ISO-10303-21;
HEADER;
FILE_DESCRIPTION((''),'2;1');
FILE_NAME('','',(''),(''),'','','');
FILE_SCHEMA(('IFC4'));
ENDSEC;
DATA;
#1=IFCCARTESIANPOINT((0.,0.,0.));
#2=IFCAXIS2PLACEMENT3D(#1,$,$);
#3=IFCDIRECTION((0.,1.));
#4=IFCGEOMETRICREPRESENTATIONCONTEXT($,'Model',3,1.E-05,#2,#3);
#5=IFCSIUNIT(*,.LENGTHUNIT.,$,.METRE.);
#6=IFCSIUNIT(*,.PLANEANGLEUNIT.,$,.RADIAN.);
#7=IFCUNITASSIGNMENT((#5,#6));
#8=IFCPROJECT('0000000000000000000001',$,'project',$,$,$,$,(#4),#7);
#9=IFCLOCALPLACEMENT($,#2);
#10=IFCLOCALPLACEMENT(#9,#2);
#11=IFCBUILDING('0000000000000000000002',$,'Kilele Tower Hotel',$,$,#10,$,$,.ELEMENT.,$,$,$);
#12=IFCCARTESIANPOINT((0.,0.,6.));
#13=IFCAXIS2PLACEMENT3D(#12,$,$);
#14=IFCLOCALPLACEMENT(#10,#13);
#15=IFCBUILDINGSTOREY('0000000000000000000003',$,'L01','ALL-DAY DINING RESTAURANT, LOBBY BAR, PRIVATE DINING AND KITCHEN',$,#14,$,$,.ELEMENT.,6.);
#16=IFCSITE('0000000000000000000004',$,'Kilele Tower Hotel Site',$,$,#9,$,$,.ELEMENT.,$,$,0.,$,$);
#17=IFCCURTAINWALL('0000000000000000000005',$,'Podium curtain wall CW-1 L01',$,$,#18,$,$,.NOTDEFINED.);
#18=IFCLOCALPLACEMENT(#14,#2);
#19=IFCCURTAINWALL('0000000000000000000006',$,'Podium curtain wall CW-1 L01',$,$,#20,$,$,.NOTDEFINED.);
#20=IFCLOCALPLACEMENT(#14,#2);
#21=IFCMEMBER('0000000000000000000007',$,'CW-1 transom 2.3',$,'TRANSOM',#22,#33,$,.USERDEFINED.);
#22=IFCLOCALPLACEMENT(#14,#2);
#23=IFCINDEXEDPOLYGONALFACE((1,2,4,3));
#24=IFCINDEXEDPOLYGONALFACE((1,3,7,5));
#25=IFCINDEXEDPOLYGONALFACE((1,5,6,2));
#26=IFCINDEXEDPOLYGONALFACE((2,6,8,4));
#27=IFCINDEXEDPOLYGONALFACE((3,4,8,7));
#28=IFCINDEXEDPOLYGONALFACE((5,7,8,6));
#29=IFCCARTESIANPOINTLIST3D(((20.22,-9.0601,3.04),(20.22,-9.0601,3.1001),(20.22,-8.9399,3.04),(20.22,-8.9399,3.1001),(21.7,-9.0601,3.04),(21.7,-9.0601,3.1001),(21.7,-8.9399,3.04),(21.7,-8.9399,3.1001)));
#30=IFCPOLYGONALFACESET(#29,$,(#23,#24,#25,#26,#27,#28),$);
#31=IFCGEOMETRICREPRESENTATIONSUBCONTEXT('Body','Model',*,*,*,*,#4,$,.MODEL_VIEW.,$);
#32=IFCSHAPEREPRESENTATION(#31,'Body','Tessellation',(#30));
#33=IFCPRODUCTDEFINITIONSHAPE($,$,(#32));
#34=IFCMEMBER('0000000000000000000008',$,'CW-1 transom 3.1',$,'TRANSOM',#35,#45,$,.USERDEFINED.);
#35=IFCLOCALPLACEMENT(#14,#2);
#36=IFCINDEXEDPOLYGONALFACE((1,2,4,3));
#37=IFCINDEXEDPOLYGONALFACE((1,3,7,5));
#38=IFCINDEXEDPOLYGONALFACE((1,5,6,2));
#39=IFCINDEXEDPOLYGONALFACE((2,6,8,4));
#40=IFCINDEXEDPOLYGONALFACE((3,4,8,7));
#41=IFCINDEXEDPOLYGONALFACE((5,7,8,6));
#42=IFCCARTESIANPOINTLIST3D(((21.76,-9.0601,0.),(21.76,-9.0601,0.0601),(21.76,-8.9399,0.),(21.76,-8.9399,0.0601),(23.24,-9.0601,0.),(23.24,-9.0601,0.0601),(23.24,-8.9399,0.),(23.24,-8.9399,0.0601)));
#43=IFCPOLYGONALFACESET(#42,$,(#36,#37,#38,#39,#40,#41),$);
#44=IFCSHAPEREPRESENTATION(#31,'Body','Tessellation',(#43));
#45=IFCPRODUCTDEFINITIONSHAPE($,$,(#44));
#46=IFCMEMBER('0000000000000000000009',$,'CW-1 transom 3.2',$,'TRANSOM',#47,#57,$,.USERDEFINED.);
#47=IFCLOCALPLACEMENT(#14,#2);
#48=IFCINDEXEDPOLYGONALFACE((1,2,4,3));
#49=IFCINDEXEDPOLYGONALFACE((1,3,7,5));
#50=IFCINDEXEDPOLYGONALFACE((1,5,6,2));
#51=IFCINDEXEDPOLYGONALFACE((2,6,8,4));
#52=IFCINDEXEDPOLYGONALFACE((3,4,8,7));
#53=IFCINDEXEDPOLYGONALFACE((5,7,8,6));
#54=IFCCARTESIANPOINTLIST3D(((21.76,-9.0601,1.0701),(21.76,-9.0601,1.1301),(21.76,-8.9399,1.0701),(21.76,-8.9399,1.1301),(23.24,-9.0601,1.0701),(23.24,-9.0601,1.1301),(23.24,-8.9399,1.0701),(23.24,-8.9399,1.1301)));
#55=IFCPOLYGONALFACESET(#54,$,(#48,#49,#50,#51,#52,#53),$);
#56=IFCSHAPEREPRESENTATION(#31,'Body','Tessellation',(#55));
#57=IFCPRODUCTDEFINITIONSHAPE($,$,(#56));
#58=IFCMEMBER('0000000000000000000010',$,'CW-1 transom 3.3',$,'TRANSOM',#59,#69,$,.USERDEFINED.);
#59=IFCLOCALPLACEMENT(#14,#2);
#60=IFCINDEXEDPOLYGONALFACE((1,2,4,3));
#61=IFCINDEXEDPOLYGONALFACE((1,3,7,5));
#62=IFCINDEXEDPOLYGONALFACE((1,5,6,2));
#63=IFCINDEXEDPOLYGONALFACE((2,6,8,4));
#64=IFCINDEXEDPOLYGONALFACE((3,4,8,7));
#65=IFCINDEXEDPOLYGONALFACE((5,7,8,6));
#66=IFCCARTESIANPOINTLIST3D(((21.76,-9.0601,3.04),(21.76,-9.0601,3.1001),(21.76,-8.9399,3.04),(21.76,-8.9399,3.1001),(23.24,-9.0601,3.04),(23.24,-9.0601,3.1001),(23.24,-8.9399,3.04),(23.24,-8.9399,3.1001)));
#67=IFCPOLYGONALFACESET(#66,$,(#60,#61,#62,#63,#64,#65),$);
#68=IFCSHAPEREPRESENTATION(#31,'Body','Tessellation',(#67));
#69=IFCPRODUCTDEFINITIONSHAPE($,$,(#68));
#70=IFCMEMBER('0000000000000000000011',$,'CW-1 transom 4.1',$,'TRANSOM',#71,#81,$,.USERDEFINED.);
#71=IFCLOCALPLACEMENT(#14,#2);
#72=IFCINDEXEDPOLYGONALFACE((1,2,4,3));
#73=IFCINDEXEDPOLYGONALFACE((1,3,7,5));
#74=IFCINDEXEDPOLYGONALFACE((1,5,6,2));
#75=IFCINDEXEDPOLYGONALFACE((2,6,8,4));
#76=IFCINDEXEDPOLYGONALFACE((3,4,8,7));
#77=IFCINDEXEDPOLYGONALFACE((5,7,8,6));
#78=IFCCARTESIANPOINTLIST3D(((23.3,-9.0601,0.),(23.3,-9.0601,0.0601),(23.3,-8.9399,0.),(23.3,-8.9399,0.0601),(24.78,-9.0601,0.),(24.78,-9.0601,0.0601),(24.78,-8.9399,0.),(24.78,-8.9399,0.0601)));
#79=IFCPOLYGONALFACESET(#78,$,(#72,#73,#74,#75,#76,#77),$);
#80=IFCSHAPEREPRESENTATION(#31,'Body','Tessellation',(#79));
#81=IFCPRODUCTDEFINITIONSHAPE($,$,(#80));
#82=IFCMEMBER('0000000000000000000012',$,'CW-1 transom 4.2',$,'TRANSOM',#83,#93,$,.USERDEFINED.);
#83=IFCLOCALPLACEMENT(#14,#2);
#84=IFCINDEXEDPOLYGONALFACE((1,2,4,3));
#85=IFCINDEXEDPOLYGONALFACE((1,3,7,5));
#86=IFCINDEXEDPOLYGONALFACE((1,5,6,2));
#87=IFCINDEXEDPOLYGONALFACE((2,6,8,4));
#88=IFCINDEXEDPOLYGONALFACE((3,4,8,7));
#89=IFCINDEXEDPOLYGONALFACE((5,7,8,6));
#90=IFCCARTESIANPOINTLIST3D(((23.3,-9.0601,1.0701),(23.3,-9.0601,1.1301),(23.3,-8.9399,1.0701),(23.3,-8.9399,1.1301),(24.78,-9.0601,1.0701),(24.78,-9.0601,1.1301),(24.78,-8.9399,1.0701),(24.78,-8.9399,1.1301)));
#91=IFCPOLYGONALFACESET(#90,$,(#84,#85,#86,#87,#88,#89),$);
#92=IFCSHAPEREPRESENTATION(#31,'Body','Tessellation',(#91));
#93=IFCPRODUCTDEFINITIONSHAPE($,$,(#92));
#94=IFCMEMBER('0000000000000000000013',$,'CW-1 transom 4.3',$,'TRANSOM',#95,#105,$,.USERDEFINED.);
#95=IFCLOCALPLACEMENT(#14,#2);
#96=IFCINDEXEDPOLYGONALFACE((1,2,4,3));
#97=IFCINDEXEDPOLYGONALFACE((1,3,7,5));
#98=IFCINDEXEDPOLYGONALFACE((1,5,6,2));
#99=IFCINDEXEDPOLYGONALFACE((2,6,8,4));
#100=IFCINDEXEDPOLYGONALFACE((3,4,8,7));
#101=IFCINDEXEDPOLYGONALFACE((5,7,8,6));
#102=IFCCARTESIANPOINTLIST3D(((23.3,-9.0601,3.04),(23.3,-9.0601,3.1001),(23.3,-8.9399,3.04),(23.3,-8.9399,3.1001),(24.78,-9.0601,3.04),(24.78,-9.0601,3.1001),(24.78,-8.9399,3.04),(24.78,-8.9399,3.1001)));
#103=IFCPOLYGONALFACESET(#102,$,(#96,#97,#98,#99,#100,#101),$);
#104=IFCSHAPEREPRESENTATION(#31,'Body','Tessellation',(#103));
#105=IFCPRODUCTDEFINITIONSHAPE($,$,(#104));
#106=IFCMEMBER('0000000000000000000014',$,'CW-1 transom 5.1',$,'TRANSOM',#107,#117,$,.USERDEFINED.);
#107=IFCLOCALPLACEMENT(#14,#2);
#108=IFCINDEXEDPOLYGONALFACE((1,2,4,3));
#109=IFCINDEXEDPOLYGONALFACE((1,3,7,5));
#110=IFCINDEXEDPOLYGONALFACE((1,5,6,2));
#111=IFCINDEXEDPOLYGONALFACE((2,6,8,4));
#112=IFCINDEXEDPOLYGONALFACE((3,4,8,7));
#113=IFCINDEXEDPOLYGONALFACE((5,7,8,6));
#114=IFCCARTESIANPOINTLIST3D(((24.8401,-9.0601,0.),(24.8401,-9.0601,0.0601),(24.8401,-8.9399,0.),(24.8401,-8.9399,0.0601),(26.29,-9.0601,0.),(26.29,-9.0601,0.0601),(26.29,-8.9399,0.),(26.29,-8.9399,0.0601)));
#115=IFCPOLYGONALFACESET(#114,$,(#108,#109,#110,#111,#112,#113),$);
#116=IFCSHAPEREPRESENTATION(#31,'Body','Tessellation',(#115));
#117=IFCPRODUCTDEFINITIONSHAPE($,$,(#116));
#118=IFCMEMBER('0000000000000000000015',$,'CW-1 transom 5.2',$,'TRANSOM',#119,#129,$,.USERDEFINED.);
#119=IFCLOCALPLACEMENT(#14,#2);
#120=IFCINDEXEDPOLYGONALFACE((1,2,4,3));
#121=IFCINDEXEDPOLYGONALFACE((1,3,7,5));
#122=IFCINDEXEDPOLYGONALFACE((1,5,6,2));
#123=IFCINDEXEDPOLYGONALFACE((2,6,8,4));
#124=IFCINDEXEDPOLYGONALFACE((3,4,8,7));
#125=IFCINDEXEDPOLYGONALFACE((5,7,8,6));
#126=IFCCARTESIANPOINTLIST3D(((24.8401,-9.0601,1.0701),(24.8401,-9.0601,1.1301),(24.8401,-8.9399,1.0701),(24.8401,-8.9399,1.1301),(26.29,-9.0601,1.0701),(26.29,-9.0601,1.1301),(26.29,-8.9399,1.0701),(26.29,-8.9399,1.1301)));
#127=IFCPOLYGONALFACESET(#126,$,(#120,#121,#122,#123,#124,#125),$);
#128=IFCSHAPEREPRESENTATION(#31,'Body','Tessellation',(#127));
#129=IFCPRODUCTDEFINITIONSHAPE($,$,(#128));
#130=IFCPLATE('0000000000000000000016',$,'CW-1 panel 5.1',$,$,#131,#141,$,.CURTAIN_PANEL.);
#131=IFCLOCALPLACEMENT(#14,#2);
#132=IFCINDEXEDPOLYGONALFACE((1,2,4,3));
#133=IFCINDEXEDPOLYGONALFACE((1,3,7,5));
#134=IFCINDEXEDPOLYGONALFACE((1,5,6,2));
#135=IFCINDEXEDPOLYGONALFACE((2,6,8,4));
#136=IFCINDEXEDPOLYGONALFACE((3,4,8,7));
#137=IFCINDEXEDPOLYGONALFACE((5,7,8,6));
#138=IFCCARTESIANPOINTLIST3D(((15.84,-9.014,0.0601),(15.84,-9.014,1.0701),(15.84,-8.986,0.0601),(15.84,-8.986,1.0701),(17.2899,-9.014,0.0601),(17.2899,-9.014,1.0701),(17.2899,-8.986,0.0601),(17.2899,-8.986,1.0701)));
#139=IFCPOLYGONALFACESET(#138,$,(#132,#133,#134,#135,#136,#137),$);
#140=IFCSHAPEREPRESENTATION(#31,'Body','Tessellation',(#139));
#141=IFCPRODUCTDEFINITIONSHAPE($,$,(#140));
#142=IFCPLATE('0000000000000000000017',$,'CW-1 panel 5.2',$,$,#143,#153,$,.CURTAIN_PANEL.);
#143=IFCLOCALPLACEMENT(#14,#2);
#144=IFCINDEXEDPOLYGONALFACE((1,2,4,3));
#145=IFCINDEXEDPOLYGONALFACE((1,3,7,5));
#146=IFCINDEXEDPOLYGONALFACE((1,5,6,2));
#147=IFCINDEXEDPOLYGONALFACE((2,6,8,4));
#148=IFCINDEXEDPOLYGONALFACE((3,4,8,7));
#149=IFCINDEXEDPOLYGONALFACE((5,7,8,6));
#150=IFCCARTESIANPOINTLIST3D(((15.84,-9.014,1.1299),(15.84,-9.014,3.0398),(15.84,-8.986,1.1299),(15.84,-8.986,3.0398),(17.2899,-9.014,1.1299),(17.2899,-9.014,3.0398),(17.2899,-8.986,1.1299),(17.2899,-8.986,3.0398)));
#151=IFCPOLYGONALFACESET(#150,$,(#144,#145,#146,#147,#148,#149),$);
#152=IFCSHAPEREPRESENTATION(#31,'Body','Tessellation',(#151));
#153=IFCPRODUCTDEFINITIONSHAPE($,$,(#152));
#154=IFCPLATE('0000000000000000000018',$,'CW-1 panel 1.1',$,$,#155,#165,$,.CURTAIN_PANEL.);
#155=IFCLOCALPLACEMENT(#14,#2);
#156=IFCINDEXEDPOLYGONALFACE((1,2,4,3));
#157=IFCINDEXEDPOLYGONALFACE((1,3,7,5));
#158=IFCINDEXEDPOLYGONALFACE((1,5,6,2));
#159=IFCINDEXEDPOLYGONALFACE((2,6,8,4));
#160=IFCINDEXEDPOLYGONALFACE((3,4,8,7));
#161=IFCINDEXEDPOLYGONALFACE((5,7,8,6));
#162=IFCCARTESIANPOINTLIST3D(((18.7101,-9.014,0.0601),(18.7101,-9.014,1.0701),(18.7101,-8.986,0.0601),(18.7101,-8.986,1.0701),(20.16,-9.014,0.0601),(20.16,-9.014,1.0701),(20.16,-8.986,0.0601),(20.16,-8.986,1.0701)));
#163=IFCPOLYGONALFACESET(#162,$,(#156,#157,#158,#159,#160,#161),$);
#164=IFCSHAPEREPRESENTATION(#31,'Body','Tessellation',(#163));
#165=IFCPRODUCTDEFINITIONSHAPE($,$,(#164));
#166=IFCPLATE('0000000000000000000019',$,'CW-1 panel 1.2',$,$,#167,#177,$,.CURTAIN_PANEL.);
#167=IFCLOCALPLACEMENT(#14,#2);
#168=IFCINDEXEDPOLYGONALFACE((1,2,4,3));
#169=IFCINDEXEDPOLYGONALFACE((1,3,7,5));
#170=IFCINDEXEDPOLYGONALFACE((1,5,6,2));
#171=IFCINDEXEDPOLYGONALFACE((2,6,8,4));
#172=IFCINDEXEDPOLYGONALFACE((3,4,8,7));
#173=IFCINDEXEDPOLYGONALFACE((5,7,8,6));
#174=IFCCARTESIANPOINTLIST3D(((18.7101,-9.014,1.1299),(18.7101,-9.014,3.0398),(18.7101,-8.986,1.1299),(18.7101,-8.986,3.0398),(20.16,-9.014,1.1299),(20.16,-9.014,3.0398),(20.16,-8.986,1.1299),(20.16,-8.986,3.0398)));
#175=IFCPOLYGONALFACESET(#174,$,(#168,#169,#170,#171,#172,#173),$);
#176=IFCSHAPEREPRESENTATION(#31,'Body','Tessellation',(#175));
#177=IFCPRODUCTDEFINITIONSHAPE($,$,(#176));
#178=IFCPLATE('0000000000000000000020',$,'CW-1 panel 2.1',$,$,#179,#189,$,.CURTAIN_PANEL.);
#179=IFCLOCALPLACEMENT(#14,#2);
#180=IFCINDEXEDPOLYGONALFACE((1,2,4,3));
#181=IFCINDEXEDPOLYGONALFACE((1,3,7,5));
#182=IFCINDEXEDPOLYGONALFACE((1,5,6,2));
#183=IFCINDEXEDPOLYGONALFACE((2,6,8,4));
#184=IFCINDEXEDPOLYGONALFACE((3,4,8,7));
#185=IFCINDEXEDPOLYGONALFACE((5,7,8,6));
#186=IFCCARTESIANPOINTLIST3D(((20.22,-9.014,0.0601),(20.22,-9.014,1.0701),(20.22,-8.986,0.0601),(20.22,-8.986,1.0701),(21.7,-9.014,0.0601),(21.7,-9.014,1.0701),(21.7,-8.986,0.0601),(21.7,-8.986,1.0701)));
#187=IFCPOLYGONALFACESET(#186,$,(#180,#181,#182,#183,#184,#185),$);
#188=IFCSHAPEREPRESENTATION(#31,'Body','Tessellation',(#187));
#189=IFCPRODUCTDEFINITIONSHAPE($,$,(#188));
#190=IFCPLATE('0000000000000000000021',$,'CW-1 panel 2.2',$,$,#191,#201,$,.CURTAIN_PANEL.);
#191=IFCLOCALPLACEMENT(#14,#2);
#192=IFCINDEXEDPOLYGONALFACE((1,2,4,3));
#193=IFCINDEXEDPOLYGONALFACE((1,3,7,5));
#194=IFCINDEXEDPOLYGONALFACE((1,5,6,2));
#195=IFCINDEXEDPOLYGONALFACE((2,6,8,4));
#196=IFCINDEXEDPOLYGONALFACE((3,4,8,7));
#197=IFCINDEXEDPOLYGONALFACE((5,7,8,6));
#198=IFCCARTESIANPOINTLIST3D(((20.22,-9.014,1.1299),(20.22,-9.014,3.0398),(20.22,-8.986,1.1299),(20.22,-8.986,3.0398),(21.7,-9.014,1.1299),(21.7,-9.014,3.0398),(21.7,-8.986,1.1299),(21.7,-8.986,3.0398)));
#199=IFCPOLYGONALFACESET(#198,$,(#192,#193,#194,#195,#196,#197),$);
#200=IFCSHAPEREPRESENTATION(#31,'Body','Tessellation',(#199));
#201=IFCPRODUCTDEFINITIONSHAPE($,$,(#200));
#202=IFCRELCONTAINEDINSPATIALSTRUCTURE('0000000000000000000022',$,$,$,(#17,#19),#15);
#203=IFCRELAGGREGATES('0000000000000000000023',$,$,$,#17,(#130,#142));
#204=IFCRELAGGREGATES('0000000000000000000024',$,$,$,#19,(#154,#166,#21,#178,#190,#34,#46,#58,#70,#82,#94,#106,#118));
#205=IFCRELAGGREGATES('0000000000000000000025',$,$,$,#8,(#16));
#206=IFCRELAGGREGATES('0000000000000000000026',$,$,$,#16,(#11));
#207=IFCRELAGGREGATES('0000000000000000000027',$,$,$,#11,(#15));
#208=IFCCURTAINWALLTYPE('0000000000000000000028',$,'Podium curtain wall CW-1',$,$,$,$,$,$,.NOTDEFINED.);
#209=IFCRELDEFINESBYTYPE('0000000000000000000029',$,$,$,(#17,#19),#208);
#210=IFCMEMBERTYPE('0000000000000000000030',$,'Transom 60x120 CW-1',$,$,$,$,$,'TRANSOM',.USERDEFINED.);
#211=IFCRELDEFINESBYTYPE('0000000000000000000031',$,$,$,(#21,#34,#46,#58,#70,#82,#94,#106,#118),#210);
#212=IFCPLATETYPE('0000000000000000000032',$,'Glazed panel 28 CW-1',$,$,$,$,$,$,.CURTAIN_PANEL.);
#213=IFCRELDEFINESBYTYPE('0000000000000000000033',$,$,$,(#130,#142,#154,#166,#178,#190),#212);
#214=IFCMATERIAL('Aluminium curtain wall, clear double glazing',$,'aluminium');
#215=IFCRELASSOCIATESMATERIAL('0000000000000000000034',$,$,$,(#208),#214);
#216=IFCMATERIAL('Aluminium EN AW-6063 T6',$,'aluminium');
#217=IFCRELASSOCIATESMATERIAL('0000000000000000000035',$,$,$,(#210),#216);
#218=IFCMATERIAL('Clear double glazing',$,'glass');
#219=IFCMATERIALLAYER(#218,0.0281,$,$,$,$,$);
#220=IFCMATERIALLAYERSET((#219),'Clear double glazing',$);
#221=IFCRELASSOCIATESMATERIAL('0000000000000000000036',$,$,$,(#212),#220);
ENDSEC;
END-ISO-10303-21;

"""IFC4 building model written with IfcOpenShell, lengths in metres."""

from ifc_helpers import new_model, si_unit, direction, frame, origin, origin_2d, place, context, subcontext, project, spatial, rectangle, extrude, material, layer, layer_set, material_profile, profile_set, type_object, element, aggregate, save


model = new_model("IFC4")

# Units and contexts
model_context = context("Model", 3, precision=1e-05, world=origin(), true_north=direction((0.0, 1.0)))
body_context = subcontext(model_context, "Body", "Model", "MODEL_VIEW")
ifc_project = project(units=[si_unit("LENGTHUNIT", "METRE"), si_unit("PLANEANGLEUNIT", "RADIAN")], contexts=[model_context])

# Site, building, storey
site_placement = place(None, origin())
site = spatial("IfcSite", under=ifc_project, at=site_placement, Name="Kilele Tower Hotel Site", CompositionType="ELEMENT", RefElevation=0.0)
building_placement = place(site_placement, origin())
building = spatial("IfcBuilding", under=site, at=building_placement, Name="Kilele Tower Hotel", CompositionType="ELEMENT")
storey_placement = place(building_placement, frame((0.0, 0.0, 6.0)))
storey = spatial("IfcBuildingStorey", under=building, at=storey_placement, Name="L01", Description="ALL-DAY DINING RESTAURANT, LOBBY BAR, PRIVATE DINING AND KITCHEN", CompositionType="ELEMENT", Elevation=6.0)

# Curtain wall
ifc_material_1 = material(Name="Aluminium curtain wall, clear double glazing", Category="aluminium")
curtain_wall_type = type_object("IfcCurtainWallType", Name="Podium curtain wall CW-1", PredefinedType="NOTDEFINED", material=ifc_material_1)
curtain_wall_1_placement = place(storey_placement, origin())
curtain_wall_1 = element("IfcCurtainWall", 1, at=curtain_wall_1_placement, inside=storey, type_object=curtain_wall_type, Name="Podium curtain wall CW-1 L01", PredefinedType="NOTDEFINED")

# Curtain wall
curtain_wall_2_placement = place(storey_placement, origin())
curtain_wall_2 = element("IfcCurtainWall", 2, at=curtain_wall_2_placement, inside=storey, type_object=curtain_wall_type, Name="Podium curtain wall CW-1 L01", PredefinedType="NOTDEFINED")

# Members
ifc_material_2 = material(Name="Aluminium EN AW-6063 T6", Category="aluminium")
ifc_material_profile_1 = material_profile(ifc_material_2, rectangle(XDim=0.1201, YDim=0.0601, at=origin_2d()))
ifc_profile_set_1 = profile_set([ifc_material_profile_1], Name="Aluminium EN AW-6063 T6")
member_type_1 = type_object("IfcMemberType", Name="Transom 60x120 CW-1", ElementType="TRANSOM", PredefinedType="USERDEFINED", material=ifc_profile_set_1)
member_1_placement = place(storey_placement, frame((20.22, -9.0, 3.0701), z_axis=(1.0, 0.0, 0.0), x_axis=(0.0, 1.0, 0.0)))
member_1 = element("IfcMember", 3, at=member_1_placement, type_object=member_type_1, Name="CW-1 transom 2.3", ObjectType="TRANSOM", PredefinedType="USERDEFINED", context=body_context, shape_type="SweptSolid", body=[
    extrude(rectangle(XDim=0.1201, YDim=0.0601, at=origin_2d()), origin(), (0.0, 0.0, 1.0), 1.48),
])
member_2_placement = place(storey_placement, frame((21.76, -9.0, 0.03), z_axis=(1.0, 0.0, 0.0), x_axis=(0.0, 1.0, 0.0)))
member_2 = element("IfcMember", 4, at=member_2_placement, type_object=member_type_1, Name="CW-1 transom 3.1", ObjectType="TRANSOM", PredefinedType="USERDEFINED", context=body_context, shape_type="SweptSolid", body=[
    extrude(rectangle(XDim=0.1201, YDim=0.0601, at=origin_2d()), origin(), (0.0, 0.0, 1.0), 1.48),
])
member_3_placement = place(storey_placement, frame((21.76, -9.0, 1.1001), z_axis=(1.0, 0.0, 0.0), x_axis=(0.0, 1.0, 0.0)))
member_3 = element("IfcMember", 5, at=member_3_placement, type_object=member_type_1, Name="CW-1 transom 3.2", ObjectType="TRANSOM", PredefinedType="USERDEFINED", context=body_context, shape_type="SweptSolid", body=[
    extrude(rectangle(XDim=0.1201, YDim=0.0601, at=origin_2d()), origin(), (0.0, 0.0, 1.0), 1.48),
])
member_4_placement = place(storey_placement, frame((21.76, -9.0, 3.0701), z_axis=(1.0, 0.0, 0.0), x_axis=(0.0, 1.0, 0.0)))
member_4 = element("IfcMember", 6, at=member_4_placement, type_object=member_type_1, Name="CW-1 transom 3.3", ObjectType="TRANSOM", PredefinedType="USERDEFINED", context=body_context, shape_type="SweptSolid", body=[
    extrude(rectangle(XDim=0.1201, YDim=0.0601, at=origin_2d()), origin(), (0.0, 0.0, 1.0), 1.48),
])
member_5_placement = place(storey_placement, frame((23.3, -9.0, 0.03), z_axis=(1.0, 0.0, 0.0), x_axis=(0.0, 1.0, 0.0)))
member_5 = element("IfcMember", 7, at=member_5_placement, type_object=member_type_1, Name="CW-1 transom 4.1", ObjectType="TRANSOM", PredefinedType="USERDEFINED", context=body_context, shape_type="SweptSolid", body=[
    extrude(rectangle(XDim=0.1201, YDim=0.0601, at=origin_2d()), origin(), (0.0, 0.0, 1.0), 1.48),
])
member_6_placement = place(storey_placement, frame((23.3, -9.0, 1.1001), z_axis=(1.0, 0.0, 0.0), x_axis=(0.0, 1.0, 0.0)))
member_6 = element("IfcMember", 8, at=member_6_placement, type_object=member_type_1, Name="CW-1 transom 4.2", ObjectType="TRANSOM", PredefinedType="USERDEFINED", context=body_context, shape_type="SweptSolid", body=[
    extrude(rectangle(XDim=0.1201, YDim=0.0601, at=origin_2d()), origin(), (0.0, 0.0, 1.0), 1.48),
])
member_7_placement = place(storey_placement, frame((23.3, -9.0, 3.0701), z_axis=(1.0, 0.0, 0.0), x_axis=(0.0, 1.0, 0.0)))
member_7 = element("IfcMember", 9, at=member_7_placement, type_object=member_type_1, Name="CW-1 transom 4.3", ObjectType="TRANSOM", PredefinedType="USERDEFINED", context=body_context, shape_type="SweptSolid", body=[
    extrude(rectangle(XDim=0.1201, YDim=0.0601, at=origin_2d()), origin(), (0.0, 0.0, 1.0), 1.48),
])
member_8_placement = place(storey_placement, frame((24.8401, -9.0, 0.03), z_axis=(1.0, 0.0, 0.0), x_axis=(0.0, 1.0, 0.0)))
member_8 = element("IfcMember", 10, at=member_8_placement, type_object=member_type_1, Name="CW-1 transom 5.1", ObjectType="TRANSOM", PredefinedType="USERDEFINED", context=body_context, shape_type="SweptSolid", body=[
    extrude(rectangle(XDim=0.1201, YDim=0.0601, at=origin_2d()), origin(), (0.0, 0.0, 1.0), 1.45),
])
member_9_placement = place(storey_placement, frame((24.8401, -9.0, 1.1001), z_axis=(1.0, 0.0, 0.0), x_axis=(0.0, 1.0, 0.0)))
member_9 = element("IfcMember", 11, at=member_9_placement, type_object=member_type_1, Name="CW-1 transom 5.2", ObjectType="TRANSOM", PredefinedType="USERDEFINED", context=body_context, shape_type="SweptSolid", body=[
    extrude(rectangle(XDim=0.1201, YDim=0.0601, at=origin_2d()), origin(), (0.0, 0.0, 1.0), 1.45),
])

# Plates
ifc_material_3 = material(Name="Clear double glazing", Category="glass")
ifc_layer = layer(ifc_material_3, 0.0281)
ifc_layer_set = layer_set([ifc_layer], Name="Clear double glazing")
plate_type = type_object("IfcPlateType", Name="Glazed panel 28 CW-1", PredefinedType="CURTAIN_PANEL", material=ifc_layer_set)
plate_1_placement = place(storey_placement, frame((16.5649, -9.0, 0.0601), z_axis=(0.0, 0.0, 1.0), x_axis=(1.0, 0.0, 0.0)))
plate_1 = element("IfcPlate", 12, at=plate_1_placement, type_object=plate_type, Name="CW-1 panel 5.1", PredefinedType="CURTAIN_PANEL", context=body_context, shape_type="SweptSolid", body=[
    extrude(rectangle(XDim=1.45, YDim=0.0281, at=origin_2d()), origin(), (0.0, 0.0, 1.0), 1.01),
])
plate_2_placement = place(storey_placement, frame((16.5649, -9.0, 1.1299), z_axis=(0.0, 0.0, 1.0), x_axis=(1.0, 0.0, 0.0)))
plate_2 = element("IfcPlate", 13, at=plate_2_placement, type_object=plate_type, Name="CW-1 panel 5.2", PredefinedType="CURTAIN_PANEL", context=body_context, shape_type="SweptSolid", body=[
    extrude(rectangle(XDim=1.45, YDim=0.0281, at=origin_2d()), origin(), (0.0, 0.0, 1.0), 1.9099),
])
aggregate(curtain_wall_1, [plate_1, plate_2])
plate_3_placement = place(storey_placement, frame((19.4351, -9.0, 0.0601), z_axis=(0.0, 0.0, 1.0), x_axis=(1.0, 0.0, 0.0)))
plate_3 = element("IfcPlate", 14, at=plate_3_placement, type_object=plate_type, Name="CW-1 panel 1.1", PredefinedType="CURTAIN_PANEL", context=body_context, shape_type="SweptSolid", body=[
    extrude(rectangle(XDim=1.45, YDim=0.0281, at=origin_2d()), origin(), (0.0, 0.0, 1.0), 1.01),
])
plate_4_placement = place(storey_placement, frame((19.4351, -9.0, 1.1299), z_axis=(0.0, 0.0, 1.0), x_axis=(1.0, 0.0, 0.0)))
plate_4 = element("IfcPlate", 15, at=plate_4_placement, type_object=plate_type, Name="CW-1 panel 1.2", PredefinedType="CURTAIN_PANEL", context=body_context, shape_type="SweptSolid", body=[
    extrude(rectangle(XDim=1.45, YDim=0.0281, at=origin_2d()), origin(), (0.0, 0.0, 1.0), 1.9099),
])
plate_5_placement = place(storey_placement, frame((20.96, -9.0, 0.0601), z_axis=(0.0, 0.0, 1.0), x_axis=(1.0, 0.0, 0.0)))
plate_5 = element("IfcPlate", 16, at=plate_5_placement, type_object=plate_type, Name="CW-1 panel 2.1", PredefinedType="CURTAIN_PANEL", context=body_context, shape_type="SweptSolid", body=[
    extrude(rectangle(XDim=1.48, YDim=0.0281, at=origin_2d()), origin(), (0.0, 0.0, 1.0), 1.01),
])
plate_6_placement = place(storey_placement, frame((20.96, -9.0, 1.1299), z_axis=(0.0, 0.0, 1.0), x_axis=(1.0, 0.0, 0.0)))
plate_6 = element("IfcPlate", 17, at=plate_6_placement, type_object=plate_type, Name="CW-1 panel 2.2", PredefinedType="CURTAIN_PANEL", context=body_context, shape_type="SweptSolid", body=[
    extrude(rectangle(XDim=1.48, YDim=0.0281, at=origin_2d()), origin(), (0.0, 0.0, 1.0), 1.9099),
])
aggregate(curtain_wall_2, [plate_3, plate_4, member_1, plate_5, plate_6, member_2, member_3, member_4, member_5, member_6, member_7, member_8, member_9])

save(model, "model.ifc")
